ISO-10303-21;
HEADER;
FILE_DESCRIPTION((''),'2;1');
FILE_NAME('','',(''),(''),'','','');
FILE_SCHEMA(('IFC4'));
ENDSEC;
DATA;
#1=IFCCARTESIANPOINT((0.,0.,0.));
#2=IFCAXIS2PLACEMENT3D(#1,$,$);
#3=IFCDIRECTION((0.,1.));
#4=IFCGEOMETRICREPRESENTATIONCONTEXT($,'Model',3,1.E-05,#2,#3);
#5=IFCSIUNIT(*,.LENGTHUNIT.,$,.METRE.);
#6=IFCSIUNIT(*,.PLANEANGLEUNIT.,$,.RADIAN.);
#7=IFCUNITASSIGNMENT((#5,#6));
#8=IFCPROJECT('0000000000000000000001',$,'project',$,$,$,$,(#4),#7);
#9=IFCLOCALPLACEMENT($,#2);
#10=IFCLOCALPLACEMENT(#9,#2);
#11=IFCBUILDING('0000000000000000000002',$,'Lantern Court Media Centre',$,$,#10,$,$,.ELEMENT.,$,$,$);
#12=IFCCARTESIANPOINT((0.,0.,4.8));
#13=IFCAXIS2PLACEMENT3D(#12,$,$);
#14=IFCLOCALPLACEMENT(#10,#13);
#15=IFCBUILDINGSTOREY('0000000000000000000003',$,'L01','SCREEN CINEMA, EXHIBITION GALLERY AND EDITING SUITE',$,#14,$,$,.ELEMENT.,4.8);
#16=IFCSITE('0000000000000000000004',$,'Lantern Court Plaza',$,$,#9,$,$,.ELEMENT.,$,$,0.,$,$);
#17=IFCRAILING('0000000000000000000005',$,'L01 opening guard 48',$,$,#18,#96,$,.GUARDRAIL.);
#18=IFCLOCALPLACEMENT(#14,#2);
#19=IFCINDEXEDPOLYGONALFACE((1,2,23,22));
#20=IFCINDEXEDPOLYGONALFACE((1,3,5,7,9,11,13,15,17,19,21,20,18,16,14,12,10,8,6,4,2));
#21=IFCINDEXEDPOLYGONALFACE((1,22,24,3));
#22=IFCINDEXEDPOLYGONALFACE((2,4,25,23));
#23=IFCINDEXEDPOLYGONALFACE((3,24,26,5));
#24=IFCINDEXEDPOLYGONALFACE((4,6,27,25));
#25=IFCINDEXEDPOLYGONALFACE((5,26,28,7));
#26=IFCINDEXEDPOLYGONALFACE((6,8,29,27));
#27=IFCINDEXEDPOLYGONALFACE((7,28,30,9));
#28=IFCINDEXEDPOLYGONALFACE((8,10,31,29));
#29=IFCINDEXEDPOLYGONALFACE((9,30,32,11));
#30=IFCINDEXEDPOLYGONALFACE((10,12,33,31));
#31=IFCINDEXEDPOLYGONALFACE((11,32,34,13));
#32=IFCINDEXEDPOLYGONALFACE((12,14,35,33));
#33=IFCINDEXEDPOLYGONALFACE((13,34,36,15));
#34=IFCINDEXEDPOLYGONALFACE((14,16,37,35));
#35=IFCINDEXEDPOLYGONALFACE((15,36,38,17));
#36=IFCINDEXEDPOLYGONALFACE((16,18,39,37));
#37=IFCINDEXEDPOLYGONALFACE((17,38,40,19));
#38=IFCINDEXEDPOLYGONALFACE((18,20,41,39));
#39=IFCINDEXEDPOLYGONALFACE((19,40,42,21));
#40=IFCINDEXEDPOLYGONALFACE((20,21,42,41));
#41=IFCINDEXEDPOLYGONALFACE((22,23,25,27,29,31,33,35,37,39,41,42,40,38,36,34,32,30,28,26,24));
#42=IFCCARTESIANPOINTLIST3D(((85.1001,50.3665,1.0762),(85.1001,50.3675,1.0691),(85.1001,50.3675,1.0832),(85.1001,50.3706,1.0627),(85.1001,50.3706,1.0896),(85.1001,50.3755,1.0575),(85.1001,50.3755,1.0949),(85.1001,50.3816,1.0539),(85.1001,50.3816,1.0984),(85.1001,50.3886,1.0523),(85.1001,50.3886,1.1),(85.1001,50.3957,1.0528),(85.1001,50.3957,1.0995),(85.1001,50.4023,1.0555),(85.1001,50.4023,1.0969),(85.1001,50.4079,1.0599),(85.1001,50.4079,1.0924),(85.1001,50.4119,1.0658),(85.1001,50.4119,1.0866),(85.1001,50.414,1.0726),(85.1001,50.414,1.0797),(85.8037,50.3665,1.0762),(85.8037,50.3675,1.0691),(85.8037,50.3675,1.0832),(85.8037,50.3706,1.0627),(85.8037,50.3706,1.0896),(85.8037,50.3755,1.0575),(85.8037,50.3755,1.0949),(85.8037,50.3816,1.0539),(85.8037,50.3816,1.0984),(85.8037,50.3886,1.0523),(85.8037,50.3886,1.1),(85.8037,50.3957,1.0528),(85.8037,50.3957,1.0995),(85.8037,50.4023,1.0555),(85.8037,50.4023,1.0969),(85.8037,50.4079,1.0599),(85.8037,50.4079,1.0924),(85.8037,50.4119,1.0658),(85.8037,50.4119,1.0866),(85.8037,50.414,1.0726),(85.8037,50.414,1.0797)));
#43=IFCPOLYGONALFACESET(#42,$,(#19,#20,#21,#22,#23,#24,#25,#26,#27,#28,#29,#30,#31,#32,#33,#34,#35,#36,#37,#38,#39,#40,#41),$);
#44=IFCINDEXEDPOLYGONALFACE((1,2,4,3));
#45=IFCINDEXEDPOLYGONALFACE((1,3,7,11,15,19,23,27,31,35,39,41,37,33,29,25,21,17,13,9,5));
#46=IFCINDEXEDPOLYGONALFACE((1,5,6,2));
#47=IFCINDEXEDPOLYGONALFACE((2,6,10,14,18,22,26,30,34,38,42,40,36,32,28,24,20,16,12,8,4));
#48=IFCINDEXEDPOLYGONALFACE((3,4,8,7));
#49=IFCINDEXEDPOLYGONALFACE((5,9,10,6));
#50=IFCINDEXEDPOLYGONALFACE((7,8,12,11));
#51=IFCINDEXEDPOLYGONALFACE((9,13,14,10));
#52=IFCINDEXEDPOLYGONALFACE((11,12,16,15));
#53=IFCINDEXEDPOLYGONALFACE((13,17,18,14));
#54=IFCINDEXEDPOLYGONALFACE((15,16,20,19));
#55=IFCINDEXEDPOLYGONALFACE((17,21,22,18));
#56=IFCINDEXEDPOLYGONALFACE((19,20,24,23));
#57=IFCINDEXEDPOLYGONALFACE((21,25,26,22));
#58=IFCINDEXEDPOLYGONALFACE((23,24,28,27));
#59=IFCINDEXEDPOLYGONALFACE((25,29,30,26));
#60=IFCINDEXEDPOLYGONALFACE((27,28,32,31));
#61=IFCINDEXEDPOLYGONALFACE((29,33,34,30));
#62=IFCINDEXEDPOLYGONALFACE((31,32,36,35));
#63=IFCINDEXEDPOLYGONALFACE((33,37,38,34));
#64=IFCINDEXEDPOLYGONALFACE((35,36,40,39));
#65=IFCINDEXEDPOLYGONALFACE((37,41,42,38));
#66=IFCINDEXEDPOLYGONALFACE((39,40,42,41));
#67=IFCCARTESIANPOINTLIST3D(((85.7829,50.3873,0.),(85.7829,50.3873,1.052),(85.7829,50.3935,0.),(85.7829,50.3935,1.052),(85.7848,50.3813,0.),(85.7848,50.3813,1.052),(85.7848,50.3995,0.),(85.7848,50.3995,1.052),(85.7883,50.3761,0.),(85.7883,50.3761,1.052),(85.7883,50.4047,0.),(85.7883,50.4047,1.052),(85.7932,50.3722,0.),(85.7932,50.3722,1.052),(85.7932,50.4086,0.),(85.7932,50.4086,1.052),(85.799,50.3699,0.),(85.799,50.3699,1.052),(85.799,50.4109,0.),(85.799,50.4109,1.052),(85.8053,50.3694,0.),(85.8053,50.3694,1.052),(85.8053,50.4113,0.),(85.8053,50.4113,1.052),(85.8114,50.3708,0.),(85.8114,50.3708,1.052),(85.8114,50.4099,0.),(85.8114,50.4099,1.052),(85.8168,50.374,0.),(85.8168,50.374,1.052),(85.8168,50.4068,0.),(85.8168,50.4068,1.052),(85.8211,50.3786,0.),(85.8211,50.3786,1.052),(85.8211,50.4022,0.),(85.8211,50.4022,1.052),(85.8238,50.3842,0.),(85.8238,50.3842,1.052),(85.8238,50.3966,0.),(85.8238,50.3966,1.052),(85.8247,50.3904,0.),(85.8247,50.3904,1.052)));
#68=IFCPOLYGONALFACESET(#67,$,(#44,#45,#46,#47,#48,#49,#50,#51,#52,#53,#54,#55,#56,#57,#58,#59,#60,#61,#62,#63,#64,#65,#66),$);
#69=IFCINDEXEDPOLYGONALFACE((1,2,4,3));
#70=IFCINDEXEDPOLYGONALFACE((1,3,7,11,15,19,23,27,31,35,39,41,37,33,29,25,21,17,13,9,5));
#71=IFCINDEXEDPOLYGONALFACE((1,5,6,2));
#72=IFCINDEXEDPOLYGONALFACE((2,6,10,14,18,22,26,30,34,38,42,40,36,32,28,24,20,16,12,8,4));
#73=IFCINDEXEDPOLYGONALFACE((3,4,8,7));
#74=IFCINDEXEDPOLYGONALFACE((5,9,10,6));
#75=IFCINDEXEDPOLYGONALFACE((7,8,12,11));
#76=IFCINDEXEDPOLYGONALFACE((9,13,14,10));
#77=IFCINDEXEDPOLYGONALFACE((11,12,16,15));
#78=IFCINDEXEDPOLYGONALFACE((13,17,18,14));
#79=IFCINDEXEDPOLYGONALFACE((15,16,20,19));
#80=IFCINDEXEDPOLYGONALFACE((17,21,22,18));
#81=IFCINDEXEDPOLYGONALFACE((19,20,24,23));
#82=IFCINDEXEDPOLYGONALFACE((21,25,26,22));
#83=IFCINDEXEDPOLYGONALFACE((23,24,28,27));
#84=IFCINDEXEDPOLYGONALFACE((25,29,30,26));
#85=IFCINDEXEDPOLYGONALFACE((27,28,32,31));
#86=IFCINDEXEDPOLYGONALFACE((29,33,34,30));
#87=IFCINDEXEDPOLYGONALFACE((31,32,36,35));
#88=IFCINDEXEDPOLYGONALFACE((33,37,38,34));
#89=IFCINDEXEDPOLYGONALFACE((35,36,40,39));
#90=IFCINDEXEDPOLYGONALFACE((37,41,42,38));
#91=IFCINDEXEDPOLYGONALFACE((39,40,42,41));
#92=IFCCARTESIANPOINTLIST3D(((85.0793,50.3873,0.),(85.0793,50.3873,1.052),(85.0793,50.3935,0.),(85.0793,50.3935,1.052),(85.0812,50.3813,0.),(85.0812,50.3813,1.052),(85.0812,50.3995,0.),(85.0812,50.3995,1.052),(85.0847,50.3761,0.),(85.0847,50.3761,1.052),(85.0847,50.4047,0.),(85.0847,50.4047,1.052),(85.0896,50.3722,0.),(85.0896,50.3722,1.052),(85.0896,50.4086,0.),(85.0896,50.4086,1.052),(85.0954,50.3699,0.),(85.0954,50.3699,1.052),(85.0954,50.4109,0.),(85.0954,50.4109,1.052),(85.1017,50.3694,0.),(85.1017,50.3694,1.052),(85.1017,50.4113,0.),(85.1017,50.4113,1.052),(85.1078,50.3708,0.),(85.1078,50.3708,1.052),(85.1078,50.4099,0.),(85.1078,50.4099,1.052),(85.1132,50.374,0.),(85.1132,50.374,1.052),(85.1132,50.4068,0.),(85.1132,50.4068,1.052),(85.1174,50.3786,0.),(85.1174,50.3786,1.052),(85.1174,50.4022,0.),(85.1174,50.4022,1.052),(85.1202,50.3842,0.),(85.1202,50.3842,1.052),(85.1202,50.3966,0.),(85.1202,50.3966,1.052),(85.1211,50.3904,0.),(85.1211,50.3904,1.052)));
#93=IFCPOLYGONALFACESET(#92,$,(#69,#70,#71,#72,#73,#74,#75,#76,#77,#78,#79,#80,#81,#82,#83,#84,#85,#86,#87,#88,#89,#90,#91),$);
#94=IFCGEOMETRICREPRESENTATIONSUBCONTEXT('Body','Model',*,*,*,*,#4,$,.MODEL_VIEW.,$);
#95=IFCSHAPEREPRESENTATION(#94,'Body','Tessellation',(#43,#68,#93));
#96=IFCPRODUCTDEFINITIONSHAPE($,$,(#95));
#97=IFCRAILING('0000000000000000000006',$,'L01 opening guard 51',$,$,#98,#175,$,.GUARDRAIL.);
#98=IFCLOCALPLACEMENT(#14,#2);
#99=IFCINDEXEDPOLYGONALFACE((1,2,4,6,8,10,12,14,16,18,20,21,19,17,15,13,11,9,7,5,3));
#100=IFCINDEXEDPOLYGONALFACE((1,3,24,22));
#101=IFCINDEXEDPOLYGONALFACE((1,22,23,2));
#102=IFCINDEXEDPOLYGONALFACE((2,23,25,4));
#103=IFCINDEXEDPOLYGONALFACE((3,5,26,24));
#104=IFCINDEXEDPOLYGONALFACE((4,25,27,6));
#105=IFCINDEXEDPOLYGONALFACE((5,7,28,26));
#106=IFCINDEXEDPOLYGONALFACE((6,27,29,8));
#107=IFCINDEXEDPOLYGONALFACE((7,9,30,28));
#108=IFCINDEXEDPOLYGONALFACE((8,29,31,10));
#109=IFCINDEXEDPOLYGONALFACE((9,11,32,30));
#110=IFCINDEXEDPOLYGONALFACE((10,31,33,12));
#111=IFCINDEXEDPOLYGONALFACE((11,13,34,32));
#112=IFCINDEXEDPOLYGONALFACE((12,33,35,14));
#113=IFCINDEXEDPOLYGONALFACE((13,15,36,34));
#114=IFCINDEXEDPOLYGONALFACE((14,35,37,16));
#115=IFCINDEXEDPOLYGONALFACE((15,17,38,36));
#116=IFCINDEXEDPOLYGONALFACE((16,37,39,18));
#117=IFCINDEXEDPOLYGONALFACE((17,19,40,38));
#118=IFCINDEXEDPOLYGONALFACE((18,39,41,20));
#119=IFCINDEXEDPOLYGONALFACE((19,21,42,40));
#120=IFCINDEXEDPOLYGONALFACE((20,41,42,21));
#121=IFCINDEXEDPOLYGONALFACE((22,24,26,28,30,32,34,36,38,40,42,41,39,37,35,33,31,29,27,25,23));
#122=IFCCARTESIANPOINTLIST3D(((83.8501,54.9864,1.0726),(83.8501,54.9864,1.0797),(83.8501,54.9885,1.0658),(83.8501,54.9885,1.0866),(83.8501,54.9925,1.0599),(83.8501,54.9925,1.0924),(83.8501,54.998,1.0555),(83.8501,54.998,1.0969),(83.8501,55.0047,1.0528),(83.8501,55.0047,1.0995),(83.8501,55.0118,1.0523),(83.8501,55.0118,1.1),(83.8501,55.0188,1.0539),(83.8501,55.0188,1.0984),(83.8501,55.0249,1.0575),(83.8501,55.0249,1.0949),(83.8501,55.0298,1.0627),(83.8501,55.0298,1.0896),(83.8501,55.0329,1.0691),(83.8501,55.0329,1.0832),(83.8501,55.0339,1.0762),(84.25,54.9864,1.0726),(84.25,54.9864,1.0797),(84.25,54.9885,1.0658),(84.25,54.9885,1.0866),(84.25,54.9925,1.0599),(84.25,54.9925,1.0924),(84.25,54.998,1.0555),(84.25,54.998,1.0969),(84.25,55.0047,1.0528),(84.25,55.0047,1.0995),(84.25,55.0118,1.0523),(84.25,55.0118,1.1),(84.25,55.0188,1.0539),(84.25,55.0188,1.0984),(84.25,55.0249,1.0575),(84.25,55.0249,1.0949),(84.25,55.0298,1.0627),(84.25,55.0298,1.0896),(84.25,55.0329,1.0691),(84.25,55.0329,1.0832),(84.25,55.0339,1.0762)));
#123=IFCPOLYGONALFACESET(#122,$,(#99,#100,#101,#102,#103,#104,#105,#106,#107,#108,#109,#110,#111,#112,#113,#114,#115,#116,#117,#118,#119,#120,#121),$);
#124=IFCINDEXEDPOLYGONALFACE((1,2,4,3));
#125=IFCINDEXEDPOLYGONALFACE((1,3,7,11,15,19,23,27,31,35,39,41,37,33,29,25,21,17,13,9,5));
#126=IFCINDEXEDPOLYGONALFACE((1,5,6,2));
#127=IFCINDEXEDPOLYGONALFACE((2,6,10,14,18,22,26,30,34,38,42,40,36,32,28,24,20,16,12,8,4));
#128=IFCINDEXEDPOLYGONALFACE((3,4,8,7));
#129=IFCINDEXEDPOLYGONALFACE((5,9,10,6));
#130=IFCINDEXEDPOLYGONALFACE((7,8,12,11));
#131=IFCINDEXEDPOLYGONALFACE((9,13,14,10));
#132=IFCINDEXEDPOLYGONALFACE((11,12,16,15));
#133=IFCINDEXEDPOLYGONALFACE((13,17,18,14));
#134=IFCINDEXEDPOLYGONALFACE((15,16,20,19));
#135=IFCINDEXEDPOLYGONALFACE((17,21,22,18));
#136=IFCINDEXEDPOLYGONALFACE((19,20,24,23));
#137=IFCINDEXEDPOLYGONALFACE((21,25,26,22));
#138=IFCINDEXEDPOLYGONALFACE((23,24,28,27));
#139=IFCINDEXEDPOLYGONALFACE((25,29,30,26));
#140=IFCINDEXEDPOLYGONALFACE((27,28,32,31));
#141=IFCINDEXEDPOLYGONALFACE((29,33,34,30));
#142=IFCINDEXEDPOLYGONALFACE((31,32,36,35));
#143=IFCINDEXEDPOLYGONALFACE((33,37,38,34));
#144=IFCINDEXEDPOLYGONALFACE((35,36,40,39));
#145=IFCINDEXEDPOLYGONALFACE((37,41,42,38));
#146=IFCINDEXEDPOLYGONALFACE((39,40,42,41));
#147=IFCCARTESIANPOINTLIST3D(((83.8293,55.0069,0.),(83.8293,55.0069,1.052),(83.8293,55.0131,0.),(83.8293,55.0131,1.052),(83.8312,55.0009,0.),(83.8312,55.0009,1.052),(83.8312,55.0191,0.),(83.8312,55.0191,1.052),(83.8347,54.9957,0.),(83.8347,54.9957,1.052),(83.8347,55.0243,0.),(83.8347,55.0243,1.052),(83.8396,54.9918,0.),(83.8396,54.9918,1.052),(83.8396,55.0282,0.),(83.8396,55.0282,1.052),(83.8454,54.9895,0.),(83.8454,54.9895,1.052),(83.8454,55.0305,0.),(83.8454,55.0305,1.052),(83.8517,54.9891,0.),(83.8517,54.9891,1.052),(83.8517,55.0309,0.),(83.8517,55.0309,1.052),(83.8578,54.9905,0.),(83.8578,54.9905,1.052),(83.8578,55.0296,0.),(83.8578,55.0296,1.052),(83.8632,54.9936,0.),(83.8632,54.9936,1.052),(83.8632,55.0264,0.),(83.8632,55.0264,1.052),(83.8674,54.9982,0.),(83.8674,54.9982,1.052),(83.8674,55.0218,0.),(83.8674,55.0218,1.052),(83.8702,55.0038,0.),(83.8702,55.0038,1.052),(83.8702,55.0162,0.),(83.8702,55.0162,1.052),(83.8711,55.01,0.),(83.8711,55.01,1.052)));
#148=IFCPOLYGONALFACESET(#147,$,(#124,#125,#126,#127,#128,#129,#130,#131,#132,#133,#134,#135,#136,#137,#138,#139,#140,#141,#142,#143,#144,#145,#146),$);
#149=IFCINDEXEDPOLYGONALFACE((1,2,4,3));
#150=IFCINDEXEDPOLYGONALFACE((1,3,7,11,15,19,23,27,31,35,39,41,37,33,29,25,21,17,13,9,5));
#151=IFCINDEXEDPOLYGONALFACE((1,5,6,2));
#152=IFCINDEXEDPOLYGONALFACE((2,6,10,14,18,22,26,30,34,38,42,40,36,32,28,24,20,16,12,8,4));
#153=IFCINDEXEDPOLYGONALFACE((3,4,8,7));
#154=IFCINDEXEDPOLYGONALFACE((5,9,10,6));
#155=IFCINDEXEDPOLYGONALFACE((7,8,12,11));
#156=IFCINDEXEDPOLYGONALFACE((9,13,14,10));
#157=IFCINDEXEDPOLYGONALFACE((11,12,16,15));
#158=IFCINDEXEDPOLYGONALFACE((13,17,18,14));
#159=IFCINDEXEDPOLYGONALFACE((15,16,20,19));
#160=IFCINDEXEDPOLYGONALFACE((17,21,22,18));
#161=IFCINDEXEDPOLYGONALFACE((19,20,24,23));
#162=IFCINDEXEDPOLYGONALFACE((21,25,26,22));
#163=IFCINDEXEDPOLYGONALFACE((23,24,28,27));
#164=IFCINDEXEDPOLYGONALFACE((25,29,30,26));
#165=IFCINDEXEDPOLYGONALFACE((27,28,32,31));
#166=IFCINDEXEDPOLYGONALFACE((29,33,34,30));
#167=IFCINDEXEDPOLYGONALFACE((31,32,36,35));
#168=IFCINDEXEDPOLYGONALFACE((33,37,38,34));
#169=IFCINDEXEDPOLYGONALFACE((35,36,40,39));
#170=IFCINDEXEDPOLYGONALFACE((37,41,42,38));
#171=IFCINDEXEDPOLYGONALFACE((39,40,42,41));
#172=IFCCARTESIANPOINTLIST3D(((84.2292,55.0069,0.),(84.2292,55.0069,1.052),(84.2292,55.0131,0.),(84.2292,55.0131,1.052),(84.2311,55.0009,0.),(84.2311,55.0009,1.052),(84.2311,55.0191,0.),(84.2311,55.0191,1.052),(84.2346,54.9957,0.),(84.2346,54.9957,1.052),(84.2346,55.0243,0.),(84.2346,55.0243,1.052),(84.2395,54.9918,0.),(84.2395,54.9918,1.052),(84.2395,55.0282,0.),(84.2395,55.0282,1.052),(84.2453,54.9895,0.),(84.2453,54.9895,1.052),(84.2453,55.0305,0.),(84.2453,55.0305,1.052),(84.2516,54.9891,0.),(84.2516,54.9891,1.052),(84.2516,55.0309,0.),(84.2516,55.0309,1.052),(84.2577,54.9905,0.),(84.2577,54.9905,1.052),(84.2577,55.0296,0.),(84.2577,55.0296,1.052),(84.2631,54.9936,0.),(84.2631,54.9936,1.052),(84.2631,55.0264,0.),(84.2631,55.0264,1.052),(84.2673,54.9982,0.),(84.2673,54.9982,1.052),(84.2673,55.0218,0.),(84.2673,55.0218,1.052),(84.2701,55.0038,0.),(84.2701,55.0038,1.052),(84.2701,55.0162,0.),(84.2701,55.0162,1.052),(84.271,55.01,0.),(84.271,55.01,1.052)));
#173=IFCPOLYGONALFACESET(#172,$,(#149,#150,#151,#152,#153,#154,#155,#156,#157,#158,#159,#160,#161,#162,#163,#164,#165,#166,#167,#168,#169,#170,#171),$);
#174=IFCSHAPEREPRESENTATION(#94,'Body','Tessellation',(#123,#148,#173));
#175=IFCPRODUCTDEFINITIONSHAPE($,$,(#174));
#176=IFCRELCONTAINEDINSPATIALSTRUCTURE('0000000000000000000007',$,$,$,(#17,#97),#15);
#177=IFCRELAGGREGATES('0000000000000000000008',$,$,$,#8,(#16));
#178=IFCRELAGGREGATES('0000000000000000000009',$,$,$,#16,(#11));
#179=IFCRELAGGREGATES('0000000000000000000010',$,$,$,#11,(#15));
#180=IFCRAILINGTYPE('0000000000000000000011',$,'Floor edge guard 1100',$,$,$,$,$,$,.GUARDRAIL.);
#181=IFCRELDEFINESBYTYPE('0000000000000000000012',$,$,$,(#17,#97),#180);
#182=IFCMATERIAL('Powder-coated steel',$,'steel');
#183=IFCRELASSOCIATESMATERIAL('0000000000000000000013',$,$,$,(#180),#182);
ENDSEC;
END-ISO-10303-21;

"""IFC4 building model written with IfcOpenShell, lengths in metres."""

from ifc_helpers import new_model, si_unit, direction, frame, origin, origin_2d, place, context, subcontext, project, spatial, circle, extrude, material, type_object, element, save


model = new_model("IFC4")

# Units and contexts
model_context = context("Model", 3, precision=1e-05, world=origin(), true_north=direction((0.0, 1.0)))
body_context = subcontext(model_context, "Body", "Model", "MODEL_VIEW")
ifc_project = project(units=[si_unit("LENGTHUNIT", "METRE"), si_unit("PLANEANGLEUNIT", "RADIAN")], contexts=[model_context])

# Site, building, storey
site_placement = place(None, origin())
site = spatial("IfcSite", under=ifc_project, at=site_placement, Name="Lantern Court Plaza", CompositionType="ELEMENT", RefElevation=0.0)
building_placement = place(site_placement, origin())
building = spatial("IfcBuilding", under=site, at=building_placement, Name="Lantern Court Media Centre", CompositionType="ELEMENT")
storey_placement = place(building_placement, frame((0.0, 0.0, 4.8)))
storey = spatial("IfcBuildingStorey", under=building, at=storey_placement, Name="L01", Description="SCREEN CINEMA, EXHIBITION GALLERY AND EDITING SUITE", CompositionType="ELEMENT", Elevation=4.8)

# Railings
ifc_material_1 = material(Name="Powder-coated steel", Category="steel")
railing_type_1 = type_object("IfcRailingType", Name="Floor edge guard 1100", PredefinedType="GUARDRAIL", material=ifc_material_1)
railing_1_placement = place(storey_placement, frame((85.8037, 50.3904, 0.0)))
element("IfcRailing", 1, at=railing_1_placement, inside=storey, type_object=railing_type_1, Name="L01 opening guard 48", PredefinedType="GUARDRAIL", context=body_context, shape_type="SweptSolid", body=[
    extrude(circle(Radius=0.0239, at=origin_2d()), frame((0.0, 0.0, 1.0762), z_axis=(-1.0, 0.0, 0.0), x_axis=(0.0, -1.0, 0.0)), (0.0, 0.0, 1.0), 0.7036),
    extrude(circle(Radius=0.021, at=origin_2d()), origin(), (0.0, 0.0, 1.0), 1.052),
    extrude(circle(Radius=0.021, at=origin_2d()), frame((-0.7036, 0.0, 0.0)), (0.0, 0.0, 1.0), 1.052),
])
railing_2_placement = place(storey_placement, frame((83.8501, 55.01, 0.0)))
element("IfcRailing", 2, at=railing_2_placement, inside=storey, type_object=railing_type_1, Name="L01 opening guard 51", PredefinedType="GUARDRAIL", context=body_context, shape_type="SweptSolid", body=[
    extrude(circle(Radius=0.0239, at=origin_2d()), frame((0.0, 0.0, 1.0762), z_axis=(1.0, 0.0, 0.0), x_axis=(0.0, 1.0, 0.0)), (0.0, 0.0, 1.0), 0.3999),
    extrude(circle(Radius=0.021, at=origin_2d()), origin(), (0.0, 0.0, 1.0), 1.052),
    extrude(circle(Radius=0.021, at=origin_2d()), frame((0.3999, 0.0, 0.0)), (0.0, 0.0, 1.0), 1.052),
])

save(model, "model.ifc")
